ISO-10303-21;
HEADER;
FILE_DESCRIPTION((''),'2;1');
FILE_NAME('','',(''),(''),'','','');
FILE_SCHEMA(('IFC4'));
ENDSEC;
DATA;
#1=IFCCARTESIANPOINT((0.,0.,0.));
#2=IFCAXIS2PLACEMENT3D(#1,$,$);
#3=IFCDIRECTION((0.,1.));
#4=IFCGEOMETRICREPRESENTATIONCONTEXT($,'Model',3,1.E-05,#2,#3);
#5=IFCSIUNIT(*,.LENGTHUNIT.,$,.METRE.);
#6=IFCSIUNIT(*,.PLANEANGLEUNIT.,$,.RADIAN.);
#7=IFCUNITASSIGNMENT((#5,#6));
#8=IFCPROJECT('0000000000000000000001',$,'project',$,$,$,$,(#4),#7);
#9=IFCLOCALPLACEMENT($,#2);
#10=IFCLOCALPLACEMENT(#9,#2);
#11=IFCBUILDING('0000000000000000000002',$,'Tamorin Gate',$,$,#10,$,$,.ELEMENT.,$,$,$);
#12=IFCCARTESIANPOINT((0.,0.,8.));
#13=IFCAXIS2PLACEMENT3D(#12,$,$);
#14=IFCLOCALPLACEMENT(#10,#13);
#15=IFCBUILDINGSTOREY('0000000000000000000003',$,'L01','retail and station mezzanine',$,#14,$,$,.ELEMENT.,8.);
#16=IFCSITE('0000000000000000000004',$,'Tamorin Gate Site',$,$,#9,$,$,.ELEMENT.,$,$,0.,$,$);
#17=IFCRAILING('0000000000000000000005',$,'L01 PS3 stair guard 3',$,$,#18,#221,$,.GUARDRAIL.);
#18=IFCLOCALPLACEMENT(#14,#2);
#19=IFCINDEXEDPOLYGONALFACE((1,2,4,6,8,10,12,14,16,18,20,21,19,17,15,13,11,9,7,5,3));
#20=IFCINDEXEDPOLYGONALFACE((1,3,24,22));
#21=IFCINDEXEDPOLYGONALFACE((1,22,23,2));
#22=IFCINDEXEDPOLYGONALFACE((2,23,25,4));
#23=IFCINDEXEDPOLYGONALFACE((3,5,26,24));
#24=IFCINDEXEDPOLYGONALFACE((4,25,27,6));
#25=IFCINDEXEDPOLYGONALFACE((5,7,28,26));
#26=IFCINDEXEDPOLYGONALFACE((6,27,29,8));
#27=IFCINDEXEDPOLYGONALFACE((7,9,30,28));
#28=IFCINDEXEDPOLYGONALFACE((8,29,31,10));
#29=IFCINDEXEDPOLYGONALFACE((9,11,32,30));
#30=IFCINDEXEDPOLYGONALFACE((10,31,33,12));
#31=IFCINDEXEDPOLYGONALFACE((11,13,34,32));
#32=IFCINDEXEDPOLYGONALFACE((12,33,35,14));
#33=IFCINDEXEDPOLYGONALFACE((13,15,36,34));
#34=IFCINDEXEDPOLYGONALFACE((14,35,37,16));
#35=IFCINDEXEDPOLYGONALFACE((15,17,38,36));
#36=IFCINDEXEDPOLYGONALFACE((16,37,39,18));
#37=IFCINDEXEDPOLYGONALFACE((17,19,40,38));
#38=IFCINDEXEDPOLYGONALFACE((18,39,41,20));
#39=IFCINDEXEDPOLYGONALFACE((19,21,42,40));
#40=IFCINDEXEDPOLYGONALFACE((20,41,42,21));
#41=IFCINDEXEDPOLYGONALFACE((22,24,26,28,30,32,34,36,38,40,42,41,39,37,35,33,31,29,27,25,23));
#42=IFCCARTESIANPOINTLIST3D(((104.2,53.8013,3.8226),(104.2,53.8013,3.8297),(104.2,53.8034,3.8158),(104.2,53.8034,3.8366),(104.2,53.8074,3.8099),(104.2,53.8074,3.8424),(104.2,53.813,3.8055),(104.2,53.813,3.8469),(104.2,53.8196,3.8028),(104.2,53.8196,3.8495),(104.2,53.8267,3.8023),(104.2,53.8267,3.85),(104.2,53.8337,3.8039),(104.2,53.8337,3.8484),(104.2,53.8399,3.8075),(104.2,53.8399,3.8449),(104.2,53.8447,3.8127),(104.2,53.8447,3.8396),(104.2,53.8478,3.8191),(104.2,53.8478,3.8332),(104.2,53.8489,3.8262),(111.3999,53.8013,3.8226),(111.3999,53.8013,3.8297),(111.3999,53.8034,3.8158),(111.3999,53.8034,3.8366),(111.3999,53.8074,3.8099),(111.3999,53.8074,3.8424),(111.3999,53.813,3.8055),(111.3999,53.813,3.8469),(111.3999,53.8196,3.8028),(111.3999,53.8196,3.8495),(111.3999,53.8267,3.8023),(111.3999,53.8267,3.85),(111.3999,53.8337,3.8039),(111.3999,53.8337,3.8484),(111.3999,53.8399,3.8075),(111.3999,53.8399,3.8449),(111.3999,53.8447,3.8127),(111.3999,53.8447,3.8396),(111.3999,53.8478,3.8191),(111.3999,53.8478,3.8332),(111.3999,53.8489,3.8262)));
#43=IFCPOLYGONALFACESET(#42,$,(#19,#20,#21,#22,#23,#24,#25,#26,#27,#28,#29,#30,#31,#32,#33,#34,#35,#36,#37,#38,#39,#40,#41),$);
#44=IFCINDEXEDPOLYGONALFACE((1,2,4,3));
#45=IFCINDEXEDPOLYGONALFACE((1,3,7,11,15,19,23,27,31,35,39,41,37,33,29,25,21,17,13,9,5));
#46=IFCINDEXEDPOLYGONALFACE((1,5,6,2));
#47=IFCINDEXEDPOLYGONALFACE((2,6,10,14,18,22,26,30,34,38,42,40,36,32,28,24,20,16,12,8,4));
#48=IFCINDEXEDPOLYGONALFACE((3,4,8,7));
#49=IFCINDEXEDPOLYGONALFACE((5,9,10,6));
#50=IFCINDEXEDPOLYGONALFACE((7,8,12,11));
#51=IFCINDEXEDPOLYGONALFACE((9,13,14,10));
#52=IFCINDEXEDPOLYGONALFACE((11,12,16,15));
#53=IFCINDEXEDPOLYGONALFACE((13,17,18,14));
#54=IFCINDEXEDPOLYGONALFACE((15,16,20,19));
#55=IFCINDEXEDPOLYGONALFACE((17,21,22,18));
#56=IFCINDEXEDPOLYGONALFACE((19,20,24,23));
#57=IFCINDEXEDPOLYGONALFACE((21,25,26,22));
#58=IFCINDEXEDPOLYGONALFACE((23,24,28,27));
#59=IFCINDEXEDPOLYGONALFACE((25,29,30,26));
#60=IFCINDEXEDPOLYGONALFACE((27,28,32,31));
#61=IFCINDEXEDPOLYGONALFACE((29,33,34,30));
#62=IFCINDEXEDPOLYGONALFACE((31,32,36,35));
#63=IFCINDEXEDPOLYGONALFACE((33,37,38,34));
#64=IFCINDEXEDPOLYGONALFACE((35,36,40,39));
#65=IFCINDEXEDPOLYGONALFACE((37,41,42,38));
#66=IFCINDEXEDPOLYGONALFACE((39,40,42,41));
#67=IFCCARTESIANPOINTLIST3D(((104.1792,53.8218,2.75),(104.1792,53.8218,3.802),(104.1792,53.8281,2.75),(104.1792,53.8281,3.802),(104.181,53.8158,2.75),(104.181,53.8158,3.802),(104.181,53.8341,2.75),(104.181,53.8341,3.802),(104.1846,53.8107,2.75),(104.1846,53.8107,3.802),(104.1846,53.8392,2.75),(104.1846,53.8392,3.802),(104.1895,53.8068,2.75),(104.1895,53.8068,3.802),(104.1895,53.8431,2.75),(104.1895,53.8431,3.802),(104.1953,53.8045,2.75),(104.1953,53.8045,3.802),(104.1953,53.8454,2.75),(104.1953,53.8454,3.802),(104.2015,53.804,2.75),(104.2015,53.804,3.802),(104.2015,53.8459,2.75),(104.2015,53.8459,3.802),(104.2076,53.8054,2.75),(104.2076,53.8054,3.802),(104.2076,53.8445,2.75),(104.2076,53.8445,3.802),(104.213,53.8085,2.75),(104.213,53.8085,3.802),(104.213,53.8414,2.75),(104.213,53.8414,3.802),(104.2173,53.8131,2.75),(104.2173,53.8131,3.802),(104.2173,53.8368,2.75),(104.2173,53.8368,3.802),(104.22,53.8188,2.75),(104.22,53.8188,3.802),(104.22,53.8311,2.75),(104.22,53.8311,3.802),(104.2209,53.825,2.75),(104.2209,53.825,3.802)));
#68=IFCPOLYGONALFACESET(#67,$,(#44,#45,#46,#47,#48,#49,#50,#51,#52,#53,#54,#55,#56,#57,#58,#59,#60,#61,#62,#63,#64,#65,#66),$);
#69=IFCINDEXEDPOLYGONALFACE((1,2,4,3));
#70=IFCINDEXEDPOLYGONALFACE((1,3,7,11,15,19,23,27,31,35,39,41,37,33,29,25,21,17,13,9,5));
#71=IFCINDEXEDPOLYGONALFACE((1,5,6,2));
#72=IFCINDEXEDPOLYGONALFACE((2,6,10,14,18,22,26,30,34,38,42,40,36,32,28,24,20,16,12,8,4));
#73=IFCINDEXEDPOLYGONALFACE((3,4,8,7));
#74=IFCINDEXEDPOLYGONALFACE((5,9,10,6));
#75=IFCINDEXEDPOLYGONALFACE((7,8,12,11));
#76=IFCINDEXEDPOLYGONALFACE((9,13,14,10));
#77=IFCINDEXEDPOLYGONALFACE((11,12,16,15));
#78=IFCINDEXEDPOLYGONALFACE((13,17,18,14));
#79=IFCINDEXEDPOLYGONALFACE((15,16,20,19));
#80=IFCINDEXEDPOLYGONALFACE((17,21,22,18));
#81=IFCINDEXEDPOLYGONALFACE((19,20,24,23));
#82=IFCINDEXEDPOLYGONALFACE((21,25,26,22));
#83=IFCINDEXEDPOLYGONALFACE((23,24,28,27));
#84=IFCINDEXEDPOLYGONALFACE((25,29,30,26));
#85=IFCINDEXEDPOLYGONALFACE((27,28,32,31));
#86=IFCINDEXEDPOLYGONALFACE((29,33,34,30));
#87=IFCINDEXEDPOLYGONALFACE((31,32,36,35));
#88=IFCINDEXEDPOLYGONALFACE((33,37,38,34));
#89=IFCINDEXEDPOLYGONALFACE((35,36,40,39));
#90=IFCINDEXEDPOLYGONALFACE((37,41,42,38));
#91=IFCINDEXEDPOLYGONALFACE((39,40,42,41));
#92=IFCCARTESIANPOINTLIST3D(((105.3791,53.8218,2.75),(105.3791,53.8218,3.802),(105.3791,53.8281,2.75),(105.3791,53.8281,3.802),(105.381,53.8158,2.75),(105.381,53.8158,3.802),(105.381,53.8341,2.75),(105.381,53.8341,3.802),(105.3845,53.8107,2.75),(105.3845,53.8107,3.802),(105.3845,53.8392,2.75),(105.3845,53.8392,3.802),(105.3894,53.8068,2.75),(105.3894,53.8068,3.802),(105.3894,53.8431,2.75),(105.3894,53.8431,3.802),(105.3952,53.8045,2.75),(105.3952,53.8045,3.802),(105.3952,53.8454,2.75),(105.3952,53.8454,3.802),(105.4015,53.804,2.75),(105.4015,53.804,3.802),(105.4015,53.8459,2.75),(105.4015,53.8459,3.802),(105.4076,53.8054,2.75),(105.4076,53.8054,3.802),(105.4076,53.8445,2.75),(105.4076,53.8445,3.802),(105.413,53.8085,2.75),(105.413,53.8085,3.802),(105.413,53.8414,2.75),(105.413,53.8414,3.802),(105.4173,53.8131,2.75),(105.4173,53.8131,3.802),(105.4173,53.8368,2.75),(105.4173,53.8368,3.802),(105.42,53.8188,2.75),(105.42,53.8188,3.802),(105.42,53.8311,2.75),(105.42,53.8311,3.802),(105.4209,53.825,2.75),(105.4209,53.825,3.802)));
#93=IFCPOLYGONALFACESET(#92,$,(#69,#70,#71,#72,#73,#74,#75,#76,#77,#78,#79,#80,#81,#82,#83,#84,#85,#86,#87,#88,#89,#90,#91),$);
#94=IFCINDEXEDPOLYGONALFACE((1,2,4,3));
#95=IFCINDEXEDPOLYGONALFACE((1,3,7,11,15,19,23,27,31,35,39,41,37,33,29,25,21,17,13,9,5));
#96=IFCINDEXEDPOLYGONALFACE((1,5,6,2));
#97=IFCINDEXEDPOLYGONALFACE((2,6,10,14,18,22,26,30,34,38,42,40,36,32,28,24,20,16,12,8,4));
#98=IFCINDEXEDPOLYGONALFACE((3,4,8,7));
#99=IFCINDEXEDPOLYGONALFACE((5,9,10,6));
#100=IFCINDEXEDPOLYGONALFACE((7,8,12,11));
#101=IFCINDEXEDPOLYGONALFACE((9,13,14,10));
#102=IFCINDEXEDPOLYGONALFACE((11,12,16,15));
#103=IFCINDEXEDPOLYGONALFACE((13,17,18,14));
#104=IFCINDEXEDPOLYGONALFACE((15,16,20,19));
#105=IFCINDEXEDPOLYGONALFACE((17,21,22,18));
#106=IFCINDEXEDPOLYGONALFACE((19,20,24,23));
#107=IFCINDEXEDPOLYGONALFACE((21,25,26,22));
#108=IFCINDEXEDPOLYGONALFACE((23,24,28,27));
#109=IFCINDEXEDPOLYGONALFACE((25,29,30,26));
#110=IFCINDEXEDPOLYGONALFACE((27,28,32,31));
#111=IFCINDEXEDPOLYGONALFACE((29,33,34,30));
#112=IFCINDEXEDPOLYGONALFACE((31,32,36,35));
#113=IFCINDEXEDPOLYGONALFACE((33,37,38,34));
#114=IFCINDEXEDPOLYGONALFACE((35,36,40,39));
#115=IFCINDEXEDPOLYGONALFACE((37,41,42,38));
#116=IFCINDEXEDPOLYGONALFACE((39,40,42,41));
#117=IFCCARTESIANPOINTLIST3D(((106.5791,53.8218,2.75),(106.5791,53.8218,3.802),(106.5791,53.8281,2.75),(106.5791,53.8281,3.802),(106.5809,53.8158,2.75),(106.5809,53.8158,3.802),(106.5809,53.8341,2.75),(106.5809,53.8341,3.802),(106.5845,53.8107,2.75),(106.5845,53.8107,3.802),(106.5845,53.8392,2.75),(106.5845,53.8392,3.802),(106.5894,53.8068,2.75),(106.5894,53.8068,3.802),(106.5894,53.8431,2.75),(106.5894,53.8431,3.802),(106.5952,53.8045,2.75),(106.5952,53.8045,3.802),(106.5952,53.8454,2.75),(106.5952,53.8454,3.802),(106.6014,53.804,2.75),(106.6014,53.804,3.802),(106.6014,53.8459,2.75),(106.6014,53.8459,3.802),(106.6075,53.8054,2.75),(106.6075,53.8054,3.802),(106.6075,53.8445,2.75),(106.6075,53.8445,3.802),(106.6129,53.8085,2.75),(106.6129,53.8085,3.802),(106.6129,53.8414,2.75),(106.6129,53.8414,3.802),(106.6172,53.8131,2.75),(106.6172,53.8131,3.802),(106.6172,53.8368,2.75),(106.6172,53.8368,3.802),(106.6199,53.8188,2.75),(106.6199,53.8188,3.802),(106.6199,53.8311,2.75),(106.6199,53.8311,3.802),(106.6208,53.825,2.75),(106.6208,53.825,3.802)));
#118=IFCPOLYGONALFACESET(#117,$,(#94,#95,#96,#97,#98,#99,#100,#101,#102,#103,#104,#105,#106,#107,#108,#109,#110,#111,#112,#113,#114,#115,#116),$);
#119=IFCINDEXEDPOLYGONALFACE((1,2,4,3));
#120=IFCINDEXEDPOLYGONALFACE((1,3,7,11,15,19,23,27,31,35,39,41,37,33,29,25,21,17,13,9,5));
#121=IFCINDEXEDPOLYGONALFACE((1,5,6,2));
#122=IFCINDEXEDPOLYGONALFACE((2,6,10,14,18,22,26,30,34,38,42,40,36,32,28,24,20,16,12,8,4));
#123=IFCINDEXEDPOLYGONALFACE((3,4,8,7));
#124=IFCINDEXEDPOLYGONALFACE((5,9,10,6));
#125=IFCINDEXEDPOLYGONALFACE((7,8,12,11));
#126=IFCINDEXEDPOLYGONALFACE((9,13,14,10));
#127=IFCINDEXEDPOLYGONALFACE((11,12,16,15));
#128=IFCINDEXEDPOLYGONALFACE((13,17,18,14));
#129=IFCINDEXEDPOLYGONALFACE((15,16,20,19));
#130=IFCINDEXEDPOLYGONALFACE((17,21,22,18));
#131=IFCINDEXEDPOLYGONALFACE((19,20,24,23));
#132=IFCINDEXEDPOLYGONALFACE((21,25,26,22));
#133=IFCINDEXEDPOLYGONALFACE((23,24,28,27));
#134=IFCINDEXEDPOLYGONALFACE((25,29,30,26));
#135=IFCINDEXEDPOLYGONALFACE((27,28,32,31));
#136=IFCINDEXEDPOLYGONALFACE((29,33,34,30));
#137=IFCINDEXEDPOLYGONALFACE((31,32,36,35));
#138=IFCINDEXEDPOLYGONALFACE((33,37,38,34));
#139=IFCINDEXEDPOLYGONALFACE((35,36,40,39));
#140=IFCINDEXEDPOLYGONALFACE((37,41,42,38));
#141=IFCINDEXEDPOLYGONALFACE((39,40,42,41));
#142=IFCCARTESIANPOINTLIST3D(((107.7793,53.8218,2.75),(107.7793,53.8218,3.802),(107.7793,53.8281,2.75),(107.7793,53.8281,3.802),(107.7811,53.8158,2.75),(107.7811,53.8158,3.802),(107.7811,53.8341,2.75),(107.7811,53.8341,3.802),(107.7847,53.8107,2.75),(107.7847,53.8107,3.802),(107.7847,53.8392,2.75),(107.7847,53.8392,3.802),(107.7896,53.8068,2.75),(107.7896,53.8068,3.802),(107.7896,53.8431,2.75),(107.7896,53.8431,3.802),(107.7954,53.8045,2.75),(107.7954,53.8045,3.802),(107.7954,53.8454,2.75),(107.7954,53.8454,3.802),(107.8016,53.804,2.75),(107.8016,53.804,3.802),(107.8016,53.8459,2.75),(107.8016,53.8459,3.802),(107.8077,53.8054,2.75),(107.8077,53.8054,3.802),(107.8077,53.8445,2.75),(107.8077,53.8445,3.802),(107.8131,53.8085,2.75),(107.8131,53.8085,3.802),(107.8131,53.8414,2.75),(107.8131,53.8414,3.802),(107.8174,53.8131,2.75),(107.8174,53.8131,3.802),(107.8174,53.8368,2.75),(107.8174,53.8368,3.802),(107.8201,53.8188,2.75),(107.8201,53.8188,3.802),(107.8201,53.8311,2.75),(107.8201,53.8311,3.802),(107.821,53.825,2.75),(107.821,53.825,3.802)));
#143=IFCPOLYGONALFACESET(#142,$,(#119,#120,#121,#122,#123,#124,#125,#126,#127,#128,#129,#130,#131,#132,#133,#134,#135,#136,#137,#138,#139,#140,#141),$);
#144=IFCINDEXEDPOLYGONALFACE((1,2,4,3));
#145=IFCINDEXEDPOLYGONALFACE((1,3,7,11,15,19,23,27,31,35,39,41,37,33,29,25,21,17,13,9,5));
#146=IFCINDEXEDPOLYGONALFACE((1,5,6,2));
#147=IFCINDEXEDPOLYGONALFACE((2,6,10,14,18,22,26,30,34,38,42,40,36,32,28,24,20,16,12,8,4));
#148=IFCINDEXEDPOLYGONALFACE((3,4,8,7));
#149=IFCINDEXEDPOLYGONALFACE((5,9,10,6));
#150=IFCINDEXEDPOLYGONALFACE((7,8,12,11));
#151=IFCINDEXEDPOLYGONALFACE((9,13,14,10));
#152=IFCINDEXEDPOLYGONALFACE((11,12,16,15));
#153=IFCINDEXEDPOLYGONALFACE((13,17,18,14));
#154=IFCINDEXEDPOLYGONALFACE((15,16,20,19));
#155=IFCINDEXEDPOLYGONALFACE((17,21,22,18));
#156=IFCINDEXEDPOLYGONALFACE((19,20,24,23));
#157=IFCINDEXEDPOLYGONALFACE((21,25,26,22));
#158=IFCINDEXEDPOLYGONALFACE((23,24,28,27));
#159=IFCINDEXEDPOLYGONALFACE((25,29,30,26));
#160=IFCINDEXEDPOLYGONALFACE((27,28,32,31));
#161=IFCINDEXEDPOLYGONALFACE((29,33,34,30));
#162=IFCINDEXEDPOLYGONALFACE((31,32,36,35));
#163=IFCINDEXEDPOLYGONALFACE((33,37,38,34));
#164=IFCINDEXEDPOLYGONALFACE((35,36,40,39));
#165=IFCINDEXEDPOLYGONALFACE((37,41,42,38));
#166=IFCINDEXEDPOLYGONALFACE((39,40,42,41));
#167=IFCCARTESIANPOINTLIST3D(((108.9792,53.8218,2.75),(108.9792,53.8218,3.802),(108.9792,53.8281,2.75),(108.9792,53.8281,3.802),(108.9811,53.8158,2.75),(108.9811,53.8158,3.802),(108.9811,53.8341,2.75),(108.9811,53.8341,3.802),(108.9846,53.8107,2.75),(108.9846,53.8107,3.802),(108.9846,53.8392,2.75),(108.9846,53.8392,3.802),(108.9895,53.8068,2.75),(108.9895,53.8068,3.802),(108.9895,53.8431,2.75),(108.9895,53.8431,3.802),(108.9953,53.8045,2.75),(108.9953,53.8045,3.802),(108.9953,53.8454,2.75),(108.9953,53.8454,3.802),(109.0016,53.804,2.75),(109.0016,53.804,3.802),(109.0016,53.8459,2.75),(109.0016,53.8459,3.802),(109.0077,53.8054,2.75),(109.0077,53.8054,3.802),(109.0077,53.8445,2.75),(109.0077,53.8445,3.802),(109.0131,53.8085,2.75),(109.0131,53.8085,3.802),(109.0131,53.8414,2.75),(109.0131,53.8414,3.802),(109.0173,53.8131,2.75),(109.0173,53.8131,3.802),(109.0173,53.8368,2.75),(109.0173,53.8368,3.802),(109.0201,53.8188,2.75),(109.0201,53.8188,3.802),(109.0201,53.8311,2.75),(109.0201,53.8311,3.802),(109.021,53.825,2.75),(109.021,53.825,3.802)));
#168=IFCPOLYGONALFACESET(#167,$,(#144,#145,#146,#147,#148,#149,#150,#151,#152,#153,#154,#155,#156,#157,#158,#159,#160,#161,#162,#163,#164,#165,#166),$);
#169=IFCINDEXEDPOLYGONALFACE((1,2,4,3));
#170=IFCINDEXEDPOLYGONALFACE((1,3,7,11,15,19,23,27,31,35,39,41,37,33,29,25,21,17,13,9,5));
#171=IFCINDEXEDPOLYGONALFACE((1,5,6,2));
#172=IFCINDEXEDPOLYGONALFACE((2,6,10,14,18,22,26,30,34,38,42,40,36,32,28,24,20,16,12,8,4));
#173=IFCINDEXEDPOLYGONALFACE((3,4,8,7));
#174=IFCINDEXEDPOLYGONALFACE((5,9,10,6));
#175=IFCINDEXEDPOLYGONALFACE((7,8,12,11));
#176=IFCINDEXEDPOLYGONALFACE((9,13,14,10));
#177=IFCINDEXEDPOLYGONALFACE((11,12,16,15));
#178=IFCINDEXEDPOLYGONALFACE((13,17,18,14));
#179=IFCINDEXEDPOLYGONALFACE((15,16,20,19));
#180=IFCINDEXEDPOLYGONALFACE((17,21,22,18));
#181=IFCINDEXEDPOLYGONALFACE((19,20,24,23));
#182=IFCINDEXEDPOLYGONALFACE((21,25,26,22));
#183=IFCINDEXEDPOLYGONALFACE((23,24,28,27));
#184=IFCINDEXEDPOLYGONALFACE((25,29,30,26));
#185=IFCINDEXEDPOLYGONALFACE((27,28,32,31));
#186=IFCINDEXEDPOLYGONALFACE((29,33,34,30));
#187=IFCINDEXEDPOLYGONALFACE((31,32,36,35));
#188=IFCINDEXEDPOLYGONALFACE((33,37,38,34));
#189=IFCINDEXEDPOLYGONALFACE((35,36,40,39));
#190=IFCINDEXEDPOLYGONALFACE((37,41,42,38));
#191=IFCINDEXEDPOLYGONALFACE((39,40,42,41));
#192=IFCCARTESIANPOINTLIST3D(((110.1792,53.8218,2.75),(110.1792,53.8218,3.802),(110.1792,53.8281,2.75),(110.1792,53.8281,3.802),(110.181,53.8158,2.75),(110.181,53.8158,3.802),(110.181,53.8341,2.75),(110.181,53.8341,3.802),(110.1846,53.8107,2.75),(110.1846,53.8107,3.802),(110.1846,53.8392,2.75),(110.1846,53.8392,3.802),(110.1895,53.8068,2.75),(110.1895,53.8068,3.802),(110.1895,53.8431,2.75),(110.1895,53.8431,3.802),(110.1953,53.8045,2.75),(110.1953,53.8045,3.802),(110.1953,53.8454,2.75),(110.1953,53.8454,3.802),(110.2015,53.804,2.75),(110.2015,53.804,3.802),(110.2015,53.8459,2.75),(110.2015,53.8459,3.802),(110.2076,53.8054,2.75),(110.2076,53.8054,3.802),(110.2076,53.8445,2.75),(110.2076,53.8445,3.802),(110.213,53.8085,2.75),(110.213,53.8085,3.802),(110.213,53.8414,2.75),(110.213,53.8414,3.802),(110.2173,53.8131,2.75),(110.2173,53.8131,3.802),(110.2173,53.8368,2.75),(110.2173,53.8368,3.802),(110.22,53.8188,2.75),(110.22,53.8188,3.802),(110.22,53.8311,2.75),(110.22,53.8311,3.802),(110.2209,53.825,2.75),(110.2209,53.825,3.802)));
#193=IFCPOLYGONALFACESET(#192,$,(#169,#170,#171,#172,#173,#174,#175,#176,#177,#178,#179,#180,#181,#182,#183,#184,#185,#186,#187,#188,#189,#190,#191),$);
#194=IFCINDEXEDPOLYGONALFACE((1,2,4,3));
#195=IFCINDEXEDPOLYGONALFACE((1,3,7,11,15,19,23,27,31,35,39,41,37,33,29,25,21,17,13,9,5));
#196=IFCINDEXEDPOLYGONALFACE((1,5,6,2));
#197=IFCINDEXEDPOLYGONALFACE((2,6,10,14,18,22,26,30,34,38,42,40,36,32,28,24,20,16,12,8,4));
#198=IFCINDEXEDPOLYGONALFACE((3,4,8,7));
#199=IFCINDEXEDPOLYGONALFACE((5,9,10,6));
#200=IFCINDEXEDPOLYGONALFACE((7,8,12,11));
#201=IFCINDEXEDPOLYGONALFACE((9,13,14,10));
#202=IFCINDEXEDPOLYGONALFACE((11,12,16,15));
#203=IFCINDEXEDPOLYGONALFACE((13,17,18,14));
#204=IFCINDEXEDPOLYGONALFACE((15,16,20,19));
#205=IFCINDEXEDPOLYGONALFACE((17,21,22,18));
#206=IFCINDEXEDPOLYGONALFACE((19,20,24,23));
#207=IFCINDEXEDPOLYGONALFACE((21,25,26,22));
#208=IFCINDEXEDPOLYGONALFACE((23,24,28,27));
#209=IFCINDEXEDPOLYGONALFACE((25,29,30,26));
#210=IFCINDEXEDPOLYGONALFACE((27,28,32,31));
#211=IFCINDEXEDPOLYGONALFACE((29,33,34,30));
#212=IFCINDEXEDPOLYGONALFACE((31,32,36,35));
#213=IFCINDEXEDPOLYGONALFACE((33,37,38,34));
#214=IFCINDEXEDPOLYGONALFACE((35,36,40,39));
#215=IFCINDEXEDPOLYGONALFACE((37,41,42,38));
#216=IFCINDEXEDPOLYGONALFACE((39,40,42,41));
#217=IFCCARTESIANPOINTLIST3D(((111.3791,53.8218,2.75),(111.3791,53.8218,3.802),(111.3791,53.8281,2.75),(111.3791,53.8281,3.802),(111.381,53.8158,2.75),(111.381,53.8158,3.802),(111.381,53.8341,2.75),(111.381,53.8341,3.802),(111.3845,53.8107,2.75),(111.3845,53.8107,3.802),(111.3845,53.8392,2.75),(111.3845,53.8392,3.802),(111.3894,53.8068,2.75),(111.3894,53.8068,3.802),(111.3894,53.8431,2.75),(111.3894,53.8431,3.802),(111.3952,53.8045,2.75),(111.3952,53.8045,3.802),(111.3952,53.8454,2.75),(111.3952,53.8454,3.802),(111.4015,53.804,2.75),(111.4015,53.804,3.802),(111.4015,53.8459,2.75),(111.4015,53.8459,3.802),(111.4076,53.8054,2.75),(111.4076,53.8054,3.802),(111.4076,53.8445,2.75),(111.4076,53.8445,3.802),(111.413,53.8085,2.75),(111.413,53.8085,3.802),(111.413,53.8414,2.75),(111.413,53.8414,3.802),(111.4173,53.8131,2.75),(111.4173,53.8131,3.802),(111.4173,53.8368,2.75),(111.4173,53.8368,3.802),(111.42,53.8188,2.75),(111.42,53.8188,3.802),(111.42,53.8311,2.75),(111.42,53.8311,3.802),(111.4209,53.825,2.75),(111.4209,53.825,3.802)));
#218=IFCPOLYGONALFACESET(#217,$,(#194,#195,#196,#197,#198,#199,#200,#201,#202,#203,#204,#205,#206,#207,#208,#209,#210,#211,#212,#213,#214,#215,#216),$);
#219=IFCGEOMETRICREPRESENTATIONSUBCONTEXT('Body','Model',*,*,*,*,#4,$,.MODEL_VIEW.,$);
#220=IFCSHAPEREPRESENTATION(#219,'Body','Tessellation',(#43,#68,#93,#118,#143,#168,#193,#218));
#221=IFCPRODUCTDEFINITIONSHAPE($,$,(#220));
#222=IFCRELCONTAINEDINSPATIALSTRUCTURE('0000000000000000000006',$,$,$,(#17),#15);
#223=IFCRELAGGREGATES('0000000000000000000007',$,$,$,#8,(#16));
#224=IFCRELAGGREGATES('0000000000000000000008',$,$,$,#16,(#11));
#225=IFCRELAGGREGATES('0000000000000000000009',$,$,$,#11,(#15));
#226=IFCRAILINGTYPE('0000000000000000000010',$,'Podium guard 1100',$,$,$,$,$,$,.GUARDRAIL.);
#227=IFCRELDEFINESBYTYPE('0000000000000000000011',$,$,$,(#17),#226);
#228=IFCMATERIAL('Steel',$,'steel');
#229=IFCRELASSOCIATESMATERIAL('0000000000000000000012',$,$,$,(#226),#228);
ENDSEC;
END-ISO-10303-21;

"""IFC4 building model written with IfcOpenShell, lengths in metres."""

from ifc_helpers import new_model, si_unit, direction, frame, origin, origin_2d, place, context, subcontext, project, spatial, circle, extrude, material, type_object, element, save


model = new_model("IFC4")

# Units and contexts
model_context = context("Model", 3, precision=1e-05, world=origin(), true_north=direction((0.0, 1.0)))
body_context = subcontext(model_context, "Body", "Model", "MODEL_VIEW")
ifc_project = project(units=[si_unit("LENGTHUNIT", "METRE"), si_unit("PLANEANGLEUNIT", "RADIAN")], contexts=[model_context])

# Site, building, storey
site_placement = place(None, origin())
site = spatial("IfcSite", under=ifc_project, at=site_placement, Name="Tamorin Gate Site", CompositionType="ELEMENT", RefElevation=0.0)
building_placement = place(site_placement, origin())
building = spatial("IfcBuilding", under=site, at=building_placement, Name="Tamorin Gate", CompositionType="ELEMENT")
storey_placement = place(building_placement, frame((0.0, 0.0, 8.0)))
storey = spatial("IfcBuildingStorey", under=building, at=storey_placement, Name="L01", Description="retail and station mezzanine", CompositionType="ELEMENT", Elevation=8.0)

# Railing
ifc_material_1 = material(Name="Steel", Category="steel")
railing_type_1 = type_object("IfcRailingType", Name="Podium guard 1100", PredefinedType="GUARDRAIL", material=ifc_material_1)
for number, where, name in (
    (1, (104.2, 53.825, 2.75), "L01 PS3 stair guard 3"),
):
    element("IfcRailing", number, at=place(storey_placement, frame(where)), inside=storey, type_object=railing_type_1, Name=name, PredefinedType="GUARDRAIL", context=body_context, shape_type="SweptSolid", body=[
        extrude(circle(Radius=0.0239, at=origin_2d()), frame((0.0, 0.0, 1.0762), z_axis=(1.0, 0.0, 0.0), x_axis=(0.0, 1.0, 0.0)), (0.0, 0.0, 1.0), 7.2),
        extrude(circle(Radius=0.021, at=origin_2d()), origin(), (0.0, 0.0, 1.0), 1.052),
        extrude(circle(Radius=0.021, at=origin_2d()), frame((1.2, 0.0, 0.0)), (0.0, 0.0, 1.0), 1.052),
        extrude(circle(Radius=0.021, at=origin_2d()), frame((2.3999, 0.0, 0.0)), (0.0, 0.0, 1.0), 1.052),
        extrude(circle(Radius=0.021, at=origin_2d()), frame((3.6001, 0.0, 0.0)), (0.0, 0.0, 1.0), 1.052),
        extrude(circle(Radius=0.021, at=origin_2d()), frame((4.8, 0.0, 0.0)), (0.0, 0.0, 1.0), 1.052),
        extrude(circle(Radius=0.021, at=origin_2d()), frame((6.0, 0.0, 0.0)), (0.0, 0.0, 1.0), 1.052),
        extrude(circle(Radius=0.021, at=origin_2d()), frame((7.2, 0.0, 0.0)), (0.0, 0.0, 1.0), 1.052),
    ])

save(model, "model.ifc")
